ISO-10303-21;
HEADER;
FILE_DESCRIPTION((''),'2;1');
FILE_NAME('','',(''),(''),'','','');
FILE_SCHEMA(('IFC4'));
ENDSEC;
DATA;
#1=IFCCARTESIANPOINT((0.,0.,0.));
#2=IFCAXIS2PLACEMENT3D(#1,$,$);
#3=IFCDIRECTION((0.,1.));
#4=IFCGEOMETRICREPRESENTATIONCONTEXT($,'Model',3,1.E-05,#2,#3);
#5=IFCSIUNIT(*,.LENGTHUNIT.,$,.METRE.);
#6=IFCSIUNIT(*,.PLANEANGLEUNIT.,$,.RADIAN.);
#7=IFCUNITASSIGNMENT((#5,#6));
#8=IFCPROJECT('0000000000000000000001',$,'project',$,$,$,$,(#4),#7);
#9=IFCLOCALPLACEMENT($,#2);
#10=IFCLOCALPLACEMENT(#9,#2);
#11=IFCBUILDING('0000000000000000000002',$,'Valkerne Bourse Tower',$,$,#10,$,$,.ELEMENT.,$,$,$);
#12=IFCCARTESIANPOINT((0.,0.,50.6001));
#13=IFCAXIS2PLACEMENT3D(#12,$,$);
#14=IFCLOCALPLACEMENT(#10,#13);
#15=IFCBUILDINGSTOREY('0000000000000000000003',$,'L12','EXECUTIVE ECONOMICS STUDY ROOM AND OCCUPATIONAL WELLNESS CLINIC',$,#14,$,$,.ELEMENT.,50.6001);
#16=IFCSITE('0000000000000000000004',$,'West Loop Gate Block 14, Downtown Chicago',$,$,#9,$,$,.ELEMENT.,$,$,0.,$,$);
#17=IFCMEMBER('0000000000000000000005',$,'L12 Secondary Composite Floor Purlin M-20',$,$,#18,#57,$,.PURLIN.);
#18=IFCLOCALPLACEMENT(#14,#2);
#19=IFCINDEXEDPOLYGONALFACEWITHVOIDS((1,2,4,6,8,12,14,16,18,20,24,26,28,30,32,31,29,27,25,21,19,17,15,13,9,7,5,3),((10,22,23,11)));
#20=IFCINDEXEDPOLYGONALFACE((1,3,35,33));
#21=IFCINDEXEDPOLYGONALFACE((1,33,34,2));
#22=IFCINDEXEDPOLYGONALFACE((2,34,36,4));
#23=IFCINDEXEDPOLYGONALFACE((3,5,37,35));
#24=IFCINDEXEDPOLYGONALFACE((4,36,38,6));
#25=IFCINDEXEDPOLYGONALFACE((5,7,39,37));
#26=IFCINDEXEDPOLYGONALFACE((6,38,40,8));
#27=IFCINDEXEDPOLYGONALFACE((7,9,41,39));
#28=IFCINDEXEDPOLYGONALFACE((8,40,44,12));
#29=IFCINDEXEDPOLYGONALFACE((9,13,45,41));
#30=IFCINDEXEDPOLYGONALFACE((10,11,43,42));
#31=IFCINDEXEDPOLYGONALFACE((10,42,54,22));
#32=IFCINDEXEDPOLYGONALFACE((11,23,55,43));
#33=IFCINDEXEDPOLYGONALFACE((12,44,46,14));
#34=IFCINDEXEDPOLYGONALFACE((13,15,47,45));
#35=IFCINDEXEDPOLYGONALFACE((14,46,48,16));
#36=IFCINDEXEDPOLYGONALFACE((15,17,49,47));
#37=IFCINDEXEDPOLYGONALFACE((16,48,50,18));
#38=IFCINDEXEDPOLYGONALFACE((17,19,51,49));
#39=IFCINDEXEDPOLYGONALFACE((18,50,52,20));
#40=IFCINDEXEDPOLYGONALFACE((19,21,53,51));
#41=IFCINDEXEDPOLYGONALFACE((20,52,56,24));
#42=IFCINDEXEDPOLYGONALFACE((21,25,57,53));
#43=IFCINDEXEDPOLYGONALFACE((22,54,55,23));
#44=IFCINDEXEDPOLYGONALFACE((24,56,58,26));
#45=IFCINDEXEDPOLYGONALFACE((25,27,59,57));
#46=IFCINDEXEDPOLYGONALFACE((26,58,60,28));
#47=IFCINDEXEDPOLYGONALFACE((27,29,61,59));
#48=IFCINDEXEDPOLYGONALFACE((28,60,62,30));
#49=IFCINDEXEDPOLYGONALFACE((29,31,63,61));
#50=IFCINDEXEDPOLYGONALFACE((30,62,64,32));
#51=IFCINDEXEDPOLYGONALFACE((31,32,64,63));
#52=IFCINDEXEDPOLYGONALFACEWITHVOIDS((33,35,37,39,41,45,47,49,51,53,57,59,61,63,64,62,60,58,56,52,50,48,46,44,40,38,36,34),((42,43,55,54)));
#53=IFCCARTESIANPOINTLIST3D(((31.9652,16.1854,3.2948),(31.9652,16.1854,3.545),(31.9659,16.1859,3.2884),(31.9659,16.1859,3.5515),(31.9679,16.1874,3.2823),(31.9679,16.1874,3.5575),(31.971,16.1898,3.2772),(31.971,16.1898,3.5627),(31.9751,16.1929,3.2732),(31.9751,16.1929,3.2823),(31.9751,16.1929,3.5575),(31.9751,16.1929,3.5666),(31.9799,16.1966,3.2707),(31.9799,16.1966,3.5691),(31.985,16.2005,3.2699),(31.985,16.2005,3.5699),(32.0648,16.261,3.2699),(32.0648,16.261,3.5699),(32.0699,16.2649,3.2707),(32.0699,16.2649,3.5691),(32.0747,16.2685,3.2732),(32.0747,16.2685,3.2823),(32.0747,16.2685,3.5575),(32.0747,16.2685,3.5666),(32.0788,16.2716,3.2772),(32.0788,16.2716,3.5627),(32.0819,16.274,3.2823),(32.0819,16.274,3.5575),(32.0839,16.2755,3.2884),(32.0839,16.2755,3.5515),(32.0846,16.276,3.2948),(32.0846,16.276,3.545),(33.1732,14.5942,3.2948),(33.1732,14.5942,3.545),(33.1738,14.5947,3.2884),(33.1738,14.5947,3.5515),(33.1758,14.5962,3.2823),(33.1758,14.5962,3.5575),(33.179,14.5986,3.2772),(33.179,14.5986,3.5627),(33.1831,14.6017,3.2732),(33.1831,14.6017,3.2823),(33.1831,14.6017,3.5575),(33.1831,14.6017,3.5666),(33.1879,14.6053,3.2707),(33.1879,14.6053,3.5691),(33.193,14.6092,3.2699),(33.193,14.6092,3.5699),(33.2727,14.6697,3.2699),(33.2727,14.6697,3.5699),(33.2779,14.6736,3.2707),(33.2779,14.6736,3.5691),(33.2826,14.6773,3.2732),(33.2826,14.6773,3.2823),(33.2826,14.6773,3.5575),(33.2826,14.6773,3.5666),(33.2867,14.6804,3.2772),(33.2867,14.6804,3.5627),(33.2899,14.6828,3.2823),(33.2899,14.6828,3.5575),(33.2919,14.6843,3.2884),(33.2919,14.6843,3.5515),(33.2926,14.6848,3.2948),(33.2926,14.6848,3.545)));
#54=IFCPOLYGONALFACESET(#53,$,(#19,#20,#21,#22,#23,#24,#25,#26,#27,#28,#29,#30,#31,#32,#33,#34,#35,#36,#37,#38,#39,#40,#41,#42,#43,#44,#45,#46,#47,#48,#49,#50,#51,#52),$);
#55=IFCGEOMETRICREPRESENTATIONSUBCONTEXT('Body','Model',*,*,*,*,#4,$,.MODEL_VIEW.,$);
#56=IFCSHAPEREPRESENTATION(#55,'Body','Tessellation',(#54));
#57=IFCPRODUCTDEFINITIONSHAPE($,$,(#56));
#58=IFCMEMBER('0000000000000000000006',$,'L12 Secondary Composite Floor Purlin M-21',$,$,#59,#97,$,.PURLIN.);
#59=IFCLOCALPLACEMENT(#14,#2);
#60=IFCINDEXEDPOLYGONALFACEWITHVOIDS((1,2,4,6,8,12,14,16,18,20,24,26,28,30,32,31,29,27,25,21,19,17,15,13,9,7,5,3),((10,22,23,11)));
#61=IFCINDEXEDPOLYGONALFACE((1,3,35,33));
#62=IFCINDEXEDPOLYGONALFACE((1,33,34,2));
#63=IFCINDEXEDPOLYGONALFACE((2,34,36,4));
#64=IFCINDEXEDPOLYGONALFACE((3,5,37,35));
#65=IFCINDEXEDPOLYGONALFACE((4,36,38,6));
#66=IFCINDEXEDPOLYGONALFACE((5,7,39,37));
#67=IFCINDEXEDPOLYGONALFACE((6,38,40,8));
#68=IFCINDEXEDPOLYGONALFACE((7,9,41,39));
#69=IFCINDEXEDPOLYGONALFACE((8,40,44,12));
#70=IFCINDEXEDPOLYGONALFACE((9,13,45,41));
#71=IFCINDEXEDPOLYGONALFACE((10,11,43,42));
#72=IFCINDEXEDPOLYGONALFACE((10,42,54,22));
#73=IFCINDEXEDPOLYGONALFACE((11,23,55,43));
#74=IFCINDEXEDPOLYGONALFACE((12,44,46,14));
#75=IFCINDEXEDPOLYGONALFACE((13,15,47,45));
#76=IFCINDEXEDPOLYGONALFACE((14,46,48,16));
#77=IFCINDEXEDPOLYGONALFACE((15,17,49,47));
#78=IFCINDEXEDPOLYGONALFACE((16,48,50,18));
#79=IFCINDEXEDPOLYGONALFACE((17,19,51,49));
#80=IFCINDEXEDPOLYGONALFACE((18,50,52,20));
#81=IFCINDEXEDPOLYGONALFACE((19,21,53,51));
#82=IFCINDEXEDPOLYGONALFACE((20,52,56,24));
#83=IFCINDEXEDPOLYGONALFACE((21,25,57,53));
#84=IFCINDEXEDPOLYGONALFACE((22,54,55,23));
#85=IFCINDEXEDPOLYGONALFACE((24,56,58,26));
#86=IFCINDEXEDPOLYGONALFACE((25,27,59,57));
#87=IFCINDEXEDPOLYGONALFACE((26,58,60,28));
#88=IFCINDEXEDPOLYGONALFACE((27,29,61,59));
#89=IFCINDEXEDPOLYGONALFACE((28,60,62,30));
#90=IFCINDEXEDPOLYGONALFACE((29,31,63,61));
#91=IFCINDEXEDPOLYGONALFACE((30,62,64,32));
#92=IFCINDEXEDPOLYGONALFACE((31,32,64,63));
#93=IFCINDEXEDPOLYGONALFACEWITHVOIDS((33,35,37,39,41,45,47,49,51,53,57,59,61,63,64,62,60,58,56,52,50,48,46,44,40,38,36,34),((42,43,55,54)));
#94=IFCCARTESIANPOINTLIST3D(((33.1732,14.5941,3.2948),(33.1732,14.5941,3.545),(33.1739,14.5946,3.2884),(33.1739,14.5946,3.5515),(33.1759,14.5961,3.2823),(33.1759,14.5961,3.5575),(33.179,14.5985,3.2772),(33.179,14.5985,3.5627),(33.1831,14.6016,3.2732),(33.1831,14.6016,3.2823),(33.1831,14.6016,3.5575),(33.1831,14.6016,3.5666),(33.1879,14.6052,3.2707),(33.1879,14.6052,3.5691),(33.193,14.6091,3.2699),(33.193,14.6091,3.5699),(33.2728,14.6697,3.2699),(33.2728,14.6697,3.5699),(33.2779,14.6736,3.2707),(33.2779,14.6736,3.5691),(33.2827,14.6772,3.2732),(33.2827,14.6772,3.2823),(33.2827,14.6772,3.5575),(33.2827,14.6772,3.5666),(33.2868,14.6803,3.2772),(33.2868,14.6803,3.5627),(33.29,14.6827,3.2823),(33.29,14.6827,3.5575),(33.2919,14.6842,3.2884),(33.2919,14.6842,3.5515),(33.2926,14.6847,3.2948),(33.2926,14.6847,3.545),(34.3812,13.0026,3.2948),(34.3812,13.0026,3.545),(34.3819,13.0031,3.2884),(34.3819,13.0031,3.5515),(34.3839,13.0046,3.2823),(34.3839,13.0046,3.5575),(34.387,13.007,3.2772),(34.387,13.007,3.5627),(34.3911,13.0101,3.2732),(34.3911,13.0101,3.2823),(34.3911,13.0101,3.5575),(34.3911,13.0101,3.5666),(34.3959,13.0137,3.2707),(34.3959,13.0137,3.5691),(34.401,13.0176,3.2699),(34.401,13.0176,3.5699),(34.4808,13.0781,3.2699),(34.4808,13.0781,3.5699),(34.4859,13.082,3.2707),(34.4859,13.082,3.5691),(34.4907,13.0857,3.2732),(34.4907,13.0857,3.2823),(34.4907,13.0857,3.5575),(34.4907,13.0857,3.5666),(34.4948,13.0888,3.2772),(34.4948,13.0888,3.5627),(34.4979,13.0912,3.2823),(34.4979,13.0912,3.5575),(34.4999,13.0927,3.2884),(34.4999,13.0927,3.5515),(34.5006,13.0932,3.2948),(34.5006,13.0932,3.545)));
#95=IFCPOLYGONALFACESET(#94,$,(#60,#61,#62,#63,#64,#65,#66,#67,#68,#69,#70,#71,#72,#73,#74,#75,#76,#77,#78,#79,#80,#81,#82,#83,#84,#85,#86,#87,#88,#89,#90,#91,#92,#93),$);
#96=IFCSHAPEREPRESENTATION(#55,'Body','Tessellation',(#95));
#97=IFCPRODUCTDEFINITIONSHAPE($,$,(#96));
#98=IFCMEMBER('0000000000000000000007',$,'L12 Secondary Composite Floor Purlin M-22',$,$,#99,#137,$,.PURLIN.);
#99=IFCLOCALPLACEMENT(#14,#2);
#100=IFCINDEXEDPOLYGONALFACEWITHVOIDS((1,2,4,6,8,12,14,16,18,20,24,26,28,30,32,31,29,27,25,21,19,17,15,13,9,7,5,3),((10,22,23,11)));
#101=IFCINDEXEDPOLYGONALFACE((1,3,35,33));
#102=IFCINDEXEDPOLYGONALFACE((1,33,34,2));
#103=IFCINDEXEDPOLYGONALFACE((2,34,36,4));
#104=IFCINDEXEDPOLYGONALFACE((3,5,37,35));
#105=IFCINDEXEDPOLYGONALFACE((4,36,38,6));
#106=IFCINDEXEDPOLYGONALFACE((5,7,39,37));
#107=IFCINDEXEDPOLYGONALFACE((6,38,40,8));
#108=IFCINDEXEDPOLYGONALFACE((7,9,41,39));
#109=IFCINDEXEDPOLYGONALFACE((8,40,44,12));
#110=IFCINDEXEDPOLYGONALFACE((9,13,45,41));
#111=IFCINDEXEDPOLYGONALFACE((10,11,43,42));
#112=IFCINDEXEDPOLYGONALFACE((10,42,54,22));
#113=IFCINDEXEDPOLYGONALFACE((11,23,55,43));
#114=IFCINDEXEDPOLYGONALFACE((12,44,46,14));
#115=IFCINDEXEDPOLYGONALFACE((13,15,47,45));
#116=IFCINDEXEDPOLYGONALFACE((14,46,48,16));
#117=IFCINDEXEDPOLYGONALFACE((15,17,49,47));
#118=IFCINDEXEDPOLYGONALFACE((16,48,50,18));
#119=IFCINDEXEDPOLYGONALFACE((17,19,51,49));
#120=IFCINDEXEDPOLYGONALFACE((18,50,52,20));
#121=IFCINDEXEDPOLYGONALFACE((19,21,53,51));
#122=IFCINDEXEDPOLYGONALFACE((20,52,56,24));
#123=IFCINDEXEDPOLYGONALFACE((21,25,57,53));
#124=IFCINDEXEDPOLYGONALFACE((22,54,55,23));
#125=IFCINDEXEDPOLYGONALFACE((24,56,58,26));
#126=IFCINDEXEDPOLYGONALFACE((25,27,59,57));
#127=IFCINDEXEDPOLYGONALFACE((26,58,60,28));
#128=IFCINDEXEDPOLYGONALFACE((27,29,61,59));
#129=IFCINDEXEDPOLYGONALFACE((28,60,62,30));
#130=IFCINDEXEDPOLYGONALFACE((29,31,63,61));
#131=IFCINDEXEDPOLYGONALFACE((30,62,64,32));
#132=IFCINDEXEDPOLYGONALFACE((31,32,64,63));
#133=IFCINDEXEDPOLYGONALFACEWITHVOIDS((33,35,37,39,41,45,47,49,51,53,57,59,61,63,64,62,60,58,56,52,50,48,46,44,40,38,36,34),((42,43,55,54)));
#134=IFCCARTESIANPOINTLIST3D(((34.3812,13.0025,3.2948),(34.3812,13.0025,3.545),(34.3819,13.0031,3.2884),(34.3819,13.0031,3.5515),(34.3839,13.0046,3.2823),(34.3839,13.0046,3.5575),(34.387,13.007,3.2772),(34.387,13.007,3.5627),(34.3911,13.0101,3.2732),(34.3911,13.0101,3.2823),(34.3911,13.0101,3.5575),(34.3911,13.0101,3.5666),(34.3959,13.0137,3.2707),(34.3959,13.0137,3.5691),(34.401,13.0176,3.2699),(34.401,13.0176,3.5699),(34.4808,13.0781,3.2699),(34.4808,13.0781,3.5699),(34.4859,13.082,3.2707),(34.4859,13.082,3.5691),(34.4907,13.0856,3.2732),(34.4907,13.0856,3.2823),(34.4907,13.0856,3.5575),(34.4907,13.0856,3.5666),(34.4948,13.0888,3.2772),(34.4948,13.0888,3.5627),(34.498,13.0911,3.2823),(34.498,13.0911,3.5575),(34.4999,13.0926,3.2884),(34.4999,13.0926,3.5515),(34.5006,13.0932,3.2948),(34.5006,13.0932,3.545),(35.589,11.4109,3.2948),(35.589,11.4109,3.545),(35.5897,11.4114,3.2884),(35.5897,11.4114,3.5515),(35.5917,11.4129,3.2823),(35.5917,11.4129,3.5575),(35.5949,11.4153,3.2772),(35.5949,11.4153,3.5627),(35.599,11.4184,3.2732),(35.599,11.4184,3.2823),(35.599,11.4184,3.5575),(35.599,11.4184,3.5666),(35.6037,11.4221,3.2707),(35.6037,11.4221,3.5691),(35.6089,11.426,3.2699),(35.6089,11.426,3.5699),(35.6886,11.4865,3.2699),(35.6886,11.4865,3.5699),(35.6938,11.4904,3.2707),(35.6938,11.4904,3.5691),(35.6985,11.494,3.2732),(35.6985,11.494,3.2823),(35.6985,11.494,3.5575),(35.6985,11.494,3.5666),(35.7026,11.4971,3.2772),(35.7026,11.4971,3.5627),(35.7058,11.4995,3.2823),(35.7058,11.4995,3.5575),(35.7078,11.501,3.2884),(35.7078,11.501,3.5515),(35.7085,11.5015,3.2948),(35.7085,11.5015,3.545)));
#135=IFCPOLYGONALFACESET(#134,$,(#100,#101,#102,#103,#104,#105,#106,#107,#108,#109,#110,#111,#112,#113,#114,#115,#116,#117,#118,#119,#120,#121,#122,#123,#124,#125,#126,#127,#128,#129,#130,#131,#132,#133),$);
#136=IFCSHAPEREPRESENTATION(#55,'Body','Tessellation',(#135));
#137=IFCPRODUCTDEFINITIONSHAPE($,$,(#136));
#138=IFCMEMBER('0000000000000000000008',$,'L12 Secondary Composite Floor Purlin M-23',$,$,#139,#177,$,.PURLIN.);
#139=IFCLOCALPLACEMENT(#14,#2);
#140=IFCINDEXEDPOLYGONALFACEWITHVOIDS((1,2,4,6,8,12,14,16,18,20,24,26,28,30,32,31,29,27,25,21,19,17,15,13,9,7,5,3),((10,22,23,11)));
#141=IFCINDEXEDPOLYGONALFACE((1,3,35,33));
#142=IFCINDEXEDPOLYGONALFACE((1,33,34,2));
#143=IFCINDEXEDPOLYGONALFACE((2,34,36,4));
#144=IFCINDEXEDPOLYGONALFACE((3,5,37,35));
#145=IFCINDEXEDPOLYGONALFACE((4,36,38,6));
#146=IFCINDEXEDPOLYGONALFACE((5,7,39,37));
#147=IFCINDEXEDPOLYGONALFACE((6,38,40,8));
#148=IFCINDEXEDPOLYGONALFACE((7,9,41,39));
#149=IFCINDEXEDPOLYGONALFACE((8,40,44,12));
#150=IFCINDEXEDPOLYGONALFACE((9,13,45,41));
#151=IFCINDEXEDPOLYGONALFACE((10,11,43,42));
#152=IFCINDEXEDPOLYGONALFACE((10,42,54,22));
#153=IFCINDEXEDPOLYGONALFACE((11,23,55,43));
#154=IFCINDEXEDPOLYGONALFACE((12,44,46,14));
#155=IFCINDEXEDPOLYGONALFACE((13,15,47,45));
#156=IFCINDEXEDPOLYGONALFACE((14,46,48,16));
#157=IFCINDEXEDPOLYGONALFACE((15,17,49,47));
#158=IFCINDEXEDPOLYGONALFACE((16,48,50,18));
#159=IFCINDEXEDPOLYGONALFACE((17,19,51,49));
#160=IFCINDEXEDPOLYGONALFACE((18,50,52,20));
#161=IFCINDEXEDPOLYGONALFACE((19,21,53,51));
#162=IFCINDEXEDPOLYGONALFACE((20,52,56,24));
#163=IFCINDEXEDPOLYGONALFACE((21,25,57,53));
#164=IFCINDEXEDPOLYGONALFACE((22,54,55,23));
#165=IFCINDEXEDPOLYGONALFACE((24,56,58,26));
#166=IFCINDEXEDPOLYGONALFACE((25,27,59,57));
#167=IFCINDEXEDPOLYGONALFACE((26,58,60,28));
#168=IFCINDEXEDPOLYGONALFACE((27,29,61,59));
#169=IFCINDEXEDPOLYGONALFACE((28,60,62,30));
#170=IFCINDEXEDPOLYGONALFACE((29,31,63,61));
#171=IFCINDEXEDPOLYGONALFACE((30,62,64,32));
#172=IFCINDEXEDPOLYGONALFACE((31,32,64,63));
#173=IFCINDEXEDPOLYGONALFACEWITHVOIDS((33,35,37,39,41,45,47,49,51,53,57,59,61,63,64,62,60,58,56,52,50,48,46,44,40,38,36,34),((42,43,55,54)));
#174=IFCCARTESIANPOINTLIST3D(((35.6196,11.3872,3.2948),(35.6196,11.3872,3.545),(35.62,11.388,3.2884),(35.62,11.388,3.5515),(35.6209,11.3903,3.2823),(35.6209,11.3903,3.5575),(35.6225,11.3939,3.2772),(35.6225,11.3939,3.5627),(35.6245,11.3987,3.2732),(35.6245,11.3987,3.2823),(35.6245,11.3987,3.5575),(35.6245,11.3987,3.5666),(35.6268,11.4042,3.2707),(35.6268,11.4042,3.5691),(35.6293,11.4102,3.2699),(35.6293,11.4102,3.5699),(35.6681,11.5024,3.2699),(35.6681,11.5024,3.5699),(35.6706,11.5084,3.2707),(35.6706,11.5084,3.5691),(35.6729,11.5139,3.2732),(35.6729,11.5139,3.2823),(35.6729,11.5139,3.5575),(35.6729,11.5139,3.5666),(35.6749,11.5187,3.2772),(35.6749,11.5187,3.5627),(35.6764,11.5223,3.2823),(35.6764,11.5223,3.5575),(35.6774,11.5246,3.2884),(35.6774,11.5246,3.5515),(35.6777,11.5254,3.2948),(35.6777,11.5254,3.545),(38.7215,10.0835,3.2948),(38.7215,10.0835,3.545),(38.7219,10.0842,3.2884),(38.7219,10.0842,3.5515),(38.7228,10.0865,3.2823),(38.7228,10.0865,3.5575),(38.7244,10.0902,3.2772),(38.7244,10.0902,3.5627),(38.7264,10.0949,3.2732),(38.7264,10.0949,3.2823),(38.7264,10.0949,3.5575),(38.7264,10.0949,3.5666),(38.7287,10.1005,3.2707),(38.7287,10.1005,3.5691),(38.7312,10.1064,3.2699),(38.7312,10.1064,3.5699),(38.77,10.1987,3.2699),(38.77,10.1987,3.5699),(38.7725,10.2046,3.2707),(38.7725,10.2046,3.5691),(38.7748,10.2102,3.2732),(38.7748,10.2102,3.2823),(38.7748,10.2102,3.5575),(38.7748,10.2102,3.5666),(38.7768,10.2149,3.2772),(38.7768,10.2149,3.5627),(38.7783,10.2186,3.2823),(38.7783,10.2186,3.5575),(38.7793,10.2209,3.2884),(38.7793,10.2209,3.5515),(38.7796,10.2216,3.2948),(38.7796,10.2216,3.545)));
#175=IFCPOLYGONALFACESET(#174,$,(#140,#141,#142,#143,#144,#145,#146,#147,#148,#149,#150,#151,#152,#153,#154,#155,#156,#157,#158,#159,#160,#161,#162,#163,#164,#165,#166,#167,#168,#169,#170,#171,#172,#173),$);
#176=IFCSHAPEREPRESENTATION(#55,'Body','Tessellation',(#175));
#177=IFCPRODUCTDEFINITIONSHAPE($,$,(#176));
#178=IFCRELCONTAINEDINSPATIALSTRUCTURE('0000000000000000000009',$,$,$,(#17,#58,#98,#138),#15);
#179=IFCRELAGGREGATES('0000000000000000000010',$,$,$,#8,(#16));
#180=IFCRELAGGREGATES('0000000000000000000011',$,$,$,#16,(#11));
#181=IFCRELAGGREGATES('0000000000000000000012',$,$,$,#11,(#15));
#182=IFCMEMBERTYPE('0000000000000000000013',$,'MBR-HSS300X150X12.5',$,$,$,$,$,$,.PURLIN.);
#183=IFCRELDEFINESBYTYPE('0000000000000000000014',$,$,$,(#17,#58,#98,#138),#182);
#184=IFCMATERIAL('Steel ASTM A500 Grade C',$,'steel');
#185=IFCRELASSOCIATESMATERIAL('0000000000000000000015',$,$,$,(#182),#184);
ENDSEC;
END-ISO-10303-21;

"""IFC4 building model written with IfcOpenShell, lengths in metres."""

from ifc_helpers import new_model, si_unit, direction, frame, origin, origin_2d, place, context, subcontext, project, spatial, hollow_rectangle, extrude, material, material_profile, profile_set, type_object, element, save


model = new_model("IFC4")

# Units and contexts
model_context = context("Model", 3, precision=1e-05, world=origin(), true_north=direction((0.0, 1.0)))
body_context = subcontext(model_context, "Body", "Model", "MODEL_VIEW")
ifc_project = project(units=[si_unit("LENGTHUNIT", "METRE"), si_unit("PLANEANGLEUNIT", "RADIAN")], contexts=[model_context])

# Site, building, storey
site_placement = place(None, origin())
site = spatial("IfcSite", under=ifc_project, at=site_placement, Name="West Loop Gate Block 14, Downtown Chicago", CompositionType="ELEMENT", RefElevation=0.0)
building_placement = place(site_placement, origin())
building = spatial("IfcBuilding", under=site, at=building_placement, Name="Valkerne Bourse Tower", CompositionType="ELEMENT")
storey_placement = place(building_placement, frame((0.0, 0.0, 50.6001)))
storey = spatial("IfcBuildingStorey", under=building, at=storey_placement, Name="L12", Description="EXECUTIVE ECONOMICS STUDY ROOM AND OCCUPATIONAL WELLNESS CLINIC", CompositionType="ELEMENT", Elevation=50.6001)

# Members
ifc_material_1 = material(Name="Steel ASTM A500 Grade C", Category="steel")
ifc_material_profile_1 = material_profile(ifc_material_1, hollow_rectangle(XDim=0.1499, YDim=0.3, WallThickness=0.0125, OuterFilletRadius=0.0249, at=origin_2d()), Name="HSS300X150X12.5")
ifc_profile_set_1 = profile_set([ifc_material_profile_1], Name="Steel ASTM A500 Grade C")
member_type_1 = type_object("IfcMemberType", Name="MBR-HSS300X150X12.5", PredefinedType="PURLIN", material=ifc_profile_set_1)
member_1_placement = place(storey_placement, frame((32.0249, 16.2307, 3.4199), z_axis=(0.604643, -0.796496, 0.0), x_axis=(0.796496, 0.604643, 0.0)))
element("IfcMember", 1, at=member_1_placement, inside=storey, type_object=member_type_1, Name="L12 Secondary Composite Floor Purlin M-20", PredefinedType="PURLIN", context=body_context, shape_type="SweptSolid", body=[
    extrude(hollow_rectangle(XDim=0.1499, YDim=0.3, WallThickness=0.0125, OuterFilletRadius=0.0249, at=origin_2d()), origin(), (0.0, 0.0, 1.0), 1.9978),
])
for number, where, z_axis, x_axis, name in (
    (2, (33.2329, 14.6394, 3.4199), (0.604584, -0.796541, 0.0), (0.796541, 0.604584, 0.0), "L12 Secondary Composite Floor Purlin M-21"),
    (3, (34.4409, 13.0479, 3.4199), (0.604507, -0.7966, 0.0), (0.7966, 0.604507, 0.0), "L12 Secondary Composite Floor Purlin M-22"),
):
    element("IfcMember", number, at=place(storey_placement, frame(where, z_axis=z_axis, x_axis=x_axis)), inside=storey, type_object=member_type_1, Name=name, PredefinedType="PURLIN", context=body_context, shape_type="SweptSolid", body=[
        extrude(hollow_rectangle(XDim=0.1499, YDim=0.3, WallThickness=0.0125, OuterFilletRadius=0.0249, at=origin_2d()), origin(), (0.0, 0.0, 1.0), 1.998),
    ])
member_2_placement = place(storey_placement, frame((35.6487, 11.4563, 3.4199), z_axis=(0.921881, -0.387473, 0.0), x_axis=(0.387473, 0.921881, 0.0)))
element("IfcMember", 4, at=member_2_placement, inside=storey, type_object=member_type_1, Name="L12 Secondary Composite Floor Purlin M-23", PredefinedType="PURLIN", context=body_context, shape_type="SweptSolid", body=[
    extrude(hollow_rectangle(XDim=0.1499, YDim=0.3, WallThickness=0.0125, OuterFilletRadius=0.0249, at=origin_2d()), origin(), (0.0, 0.0, 1.0), 3.3647),
])

save(model, "model.ifc")
